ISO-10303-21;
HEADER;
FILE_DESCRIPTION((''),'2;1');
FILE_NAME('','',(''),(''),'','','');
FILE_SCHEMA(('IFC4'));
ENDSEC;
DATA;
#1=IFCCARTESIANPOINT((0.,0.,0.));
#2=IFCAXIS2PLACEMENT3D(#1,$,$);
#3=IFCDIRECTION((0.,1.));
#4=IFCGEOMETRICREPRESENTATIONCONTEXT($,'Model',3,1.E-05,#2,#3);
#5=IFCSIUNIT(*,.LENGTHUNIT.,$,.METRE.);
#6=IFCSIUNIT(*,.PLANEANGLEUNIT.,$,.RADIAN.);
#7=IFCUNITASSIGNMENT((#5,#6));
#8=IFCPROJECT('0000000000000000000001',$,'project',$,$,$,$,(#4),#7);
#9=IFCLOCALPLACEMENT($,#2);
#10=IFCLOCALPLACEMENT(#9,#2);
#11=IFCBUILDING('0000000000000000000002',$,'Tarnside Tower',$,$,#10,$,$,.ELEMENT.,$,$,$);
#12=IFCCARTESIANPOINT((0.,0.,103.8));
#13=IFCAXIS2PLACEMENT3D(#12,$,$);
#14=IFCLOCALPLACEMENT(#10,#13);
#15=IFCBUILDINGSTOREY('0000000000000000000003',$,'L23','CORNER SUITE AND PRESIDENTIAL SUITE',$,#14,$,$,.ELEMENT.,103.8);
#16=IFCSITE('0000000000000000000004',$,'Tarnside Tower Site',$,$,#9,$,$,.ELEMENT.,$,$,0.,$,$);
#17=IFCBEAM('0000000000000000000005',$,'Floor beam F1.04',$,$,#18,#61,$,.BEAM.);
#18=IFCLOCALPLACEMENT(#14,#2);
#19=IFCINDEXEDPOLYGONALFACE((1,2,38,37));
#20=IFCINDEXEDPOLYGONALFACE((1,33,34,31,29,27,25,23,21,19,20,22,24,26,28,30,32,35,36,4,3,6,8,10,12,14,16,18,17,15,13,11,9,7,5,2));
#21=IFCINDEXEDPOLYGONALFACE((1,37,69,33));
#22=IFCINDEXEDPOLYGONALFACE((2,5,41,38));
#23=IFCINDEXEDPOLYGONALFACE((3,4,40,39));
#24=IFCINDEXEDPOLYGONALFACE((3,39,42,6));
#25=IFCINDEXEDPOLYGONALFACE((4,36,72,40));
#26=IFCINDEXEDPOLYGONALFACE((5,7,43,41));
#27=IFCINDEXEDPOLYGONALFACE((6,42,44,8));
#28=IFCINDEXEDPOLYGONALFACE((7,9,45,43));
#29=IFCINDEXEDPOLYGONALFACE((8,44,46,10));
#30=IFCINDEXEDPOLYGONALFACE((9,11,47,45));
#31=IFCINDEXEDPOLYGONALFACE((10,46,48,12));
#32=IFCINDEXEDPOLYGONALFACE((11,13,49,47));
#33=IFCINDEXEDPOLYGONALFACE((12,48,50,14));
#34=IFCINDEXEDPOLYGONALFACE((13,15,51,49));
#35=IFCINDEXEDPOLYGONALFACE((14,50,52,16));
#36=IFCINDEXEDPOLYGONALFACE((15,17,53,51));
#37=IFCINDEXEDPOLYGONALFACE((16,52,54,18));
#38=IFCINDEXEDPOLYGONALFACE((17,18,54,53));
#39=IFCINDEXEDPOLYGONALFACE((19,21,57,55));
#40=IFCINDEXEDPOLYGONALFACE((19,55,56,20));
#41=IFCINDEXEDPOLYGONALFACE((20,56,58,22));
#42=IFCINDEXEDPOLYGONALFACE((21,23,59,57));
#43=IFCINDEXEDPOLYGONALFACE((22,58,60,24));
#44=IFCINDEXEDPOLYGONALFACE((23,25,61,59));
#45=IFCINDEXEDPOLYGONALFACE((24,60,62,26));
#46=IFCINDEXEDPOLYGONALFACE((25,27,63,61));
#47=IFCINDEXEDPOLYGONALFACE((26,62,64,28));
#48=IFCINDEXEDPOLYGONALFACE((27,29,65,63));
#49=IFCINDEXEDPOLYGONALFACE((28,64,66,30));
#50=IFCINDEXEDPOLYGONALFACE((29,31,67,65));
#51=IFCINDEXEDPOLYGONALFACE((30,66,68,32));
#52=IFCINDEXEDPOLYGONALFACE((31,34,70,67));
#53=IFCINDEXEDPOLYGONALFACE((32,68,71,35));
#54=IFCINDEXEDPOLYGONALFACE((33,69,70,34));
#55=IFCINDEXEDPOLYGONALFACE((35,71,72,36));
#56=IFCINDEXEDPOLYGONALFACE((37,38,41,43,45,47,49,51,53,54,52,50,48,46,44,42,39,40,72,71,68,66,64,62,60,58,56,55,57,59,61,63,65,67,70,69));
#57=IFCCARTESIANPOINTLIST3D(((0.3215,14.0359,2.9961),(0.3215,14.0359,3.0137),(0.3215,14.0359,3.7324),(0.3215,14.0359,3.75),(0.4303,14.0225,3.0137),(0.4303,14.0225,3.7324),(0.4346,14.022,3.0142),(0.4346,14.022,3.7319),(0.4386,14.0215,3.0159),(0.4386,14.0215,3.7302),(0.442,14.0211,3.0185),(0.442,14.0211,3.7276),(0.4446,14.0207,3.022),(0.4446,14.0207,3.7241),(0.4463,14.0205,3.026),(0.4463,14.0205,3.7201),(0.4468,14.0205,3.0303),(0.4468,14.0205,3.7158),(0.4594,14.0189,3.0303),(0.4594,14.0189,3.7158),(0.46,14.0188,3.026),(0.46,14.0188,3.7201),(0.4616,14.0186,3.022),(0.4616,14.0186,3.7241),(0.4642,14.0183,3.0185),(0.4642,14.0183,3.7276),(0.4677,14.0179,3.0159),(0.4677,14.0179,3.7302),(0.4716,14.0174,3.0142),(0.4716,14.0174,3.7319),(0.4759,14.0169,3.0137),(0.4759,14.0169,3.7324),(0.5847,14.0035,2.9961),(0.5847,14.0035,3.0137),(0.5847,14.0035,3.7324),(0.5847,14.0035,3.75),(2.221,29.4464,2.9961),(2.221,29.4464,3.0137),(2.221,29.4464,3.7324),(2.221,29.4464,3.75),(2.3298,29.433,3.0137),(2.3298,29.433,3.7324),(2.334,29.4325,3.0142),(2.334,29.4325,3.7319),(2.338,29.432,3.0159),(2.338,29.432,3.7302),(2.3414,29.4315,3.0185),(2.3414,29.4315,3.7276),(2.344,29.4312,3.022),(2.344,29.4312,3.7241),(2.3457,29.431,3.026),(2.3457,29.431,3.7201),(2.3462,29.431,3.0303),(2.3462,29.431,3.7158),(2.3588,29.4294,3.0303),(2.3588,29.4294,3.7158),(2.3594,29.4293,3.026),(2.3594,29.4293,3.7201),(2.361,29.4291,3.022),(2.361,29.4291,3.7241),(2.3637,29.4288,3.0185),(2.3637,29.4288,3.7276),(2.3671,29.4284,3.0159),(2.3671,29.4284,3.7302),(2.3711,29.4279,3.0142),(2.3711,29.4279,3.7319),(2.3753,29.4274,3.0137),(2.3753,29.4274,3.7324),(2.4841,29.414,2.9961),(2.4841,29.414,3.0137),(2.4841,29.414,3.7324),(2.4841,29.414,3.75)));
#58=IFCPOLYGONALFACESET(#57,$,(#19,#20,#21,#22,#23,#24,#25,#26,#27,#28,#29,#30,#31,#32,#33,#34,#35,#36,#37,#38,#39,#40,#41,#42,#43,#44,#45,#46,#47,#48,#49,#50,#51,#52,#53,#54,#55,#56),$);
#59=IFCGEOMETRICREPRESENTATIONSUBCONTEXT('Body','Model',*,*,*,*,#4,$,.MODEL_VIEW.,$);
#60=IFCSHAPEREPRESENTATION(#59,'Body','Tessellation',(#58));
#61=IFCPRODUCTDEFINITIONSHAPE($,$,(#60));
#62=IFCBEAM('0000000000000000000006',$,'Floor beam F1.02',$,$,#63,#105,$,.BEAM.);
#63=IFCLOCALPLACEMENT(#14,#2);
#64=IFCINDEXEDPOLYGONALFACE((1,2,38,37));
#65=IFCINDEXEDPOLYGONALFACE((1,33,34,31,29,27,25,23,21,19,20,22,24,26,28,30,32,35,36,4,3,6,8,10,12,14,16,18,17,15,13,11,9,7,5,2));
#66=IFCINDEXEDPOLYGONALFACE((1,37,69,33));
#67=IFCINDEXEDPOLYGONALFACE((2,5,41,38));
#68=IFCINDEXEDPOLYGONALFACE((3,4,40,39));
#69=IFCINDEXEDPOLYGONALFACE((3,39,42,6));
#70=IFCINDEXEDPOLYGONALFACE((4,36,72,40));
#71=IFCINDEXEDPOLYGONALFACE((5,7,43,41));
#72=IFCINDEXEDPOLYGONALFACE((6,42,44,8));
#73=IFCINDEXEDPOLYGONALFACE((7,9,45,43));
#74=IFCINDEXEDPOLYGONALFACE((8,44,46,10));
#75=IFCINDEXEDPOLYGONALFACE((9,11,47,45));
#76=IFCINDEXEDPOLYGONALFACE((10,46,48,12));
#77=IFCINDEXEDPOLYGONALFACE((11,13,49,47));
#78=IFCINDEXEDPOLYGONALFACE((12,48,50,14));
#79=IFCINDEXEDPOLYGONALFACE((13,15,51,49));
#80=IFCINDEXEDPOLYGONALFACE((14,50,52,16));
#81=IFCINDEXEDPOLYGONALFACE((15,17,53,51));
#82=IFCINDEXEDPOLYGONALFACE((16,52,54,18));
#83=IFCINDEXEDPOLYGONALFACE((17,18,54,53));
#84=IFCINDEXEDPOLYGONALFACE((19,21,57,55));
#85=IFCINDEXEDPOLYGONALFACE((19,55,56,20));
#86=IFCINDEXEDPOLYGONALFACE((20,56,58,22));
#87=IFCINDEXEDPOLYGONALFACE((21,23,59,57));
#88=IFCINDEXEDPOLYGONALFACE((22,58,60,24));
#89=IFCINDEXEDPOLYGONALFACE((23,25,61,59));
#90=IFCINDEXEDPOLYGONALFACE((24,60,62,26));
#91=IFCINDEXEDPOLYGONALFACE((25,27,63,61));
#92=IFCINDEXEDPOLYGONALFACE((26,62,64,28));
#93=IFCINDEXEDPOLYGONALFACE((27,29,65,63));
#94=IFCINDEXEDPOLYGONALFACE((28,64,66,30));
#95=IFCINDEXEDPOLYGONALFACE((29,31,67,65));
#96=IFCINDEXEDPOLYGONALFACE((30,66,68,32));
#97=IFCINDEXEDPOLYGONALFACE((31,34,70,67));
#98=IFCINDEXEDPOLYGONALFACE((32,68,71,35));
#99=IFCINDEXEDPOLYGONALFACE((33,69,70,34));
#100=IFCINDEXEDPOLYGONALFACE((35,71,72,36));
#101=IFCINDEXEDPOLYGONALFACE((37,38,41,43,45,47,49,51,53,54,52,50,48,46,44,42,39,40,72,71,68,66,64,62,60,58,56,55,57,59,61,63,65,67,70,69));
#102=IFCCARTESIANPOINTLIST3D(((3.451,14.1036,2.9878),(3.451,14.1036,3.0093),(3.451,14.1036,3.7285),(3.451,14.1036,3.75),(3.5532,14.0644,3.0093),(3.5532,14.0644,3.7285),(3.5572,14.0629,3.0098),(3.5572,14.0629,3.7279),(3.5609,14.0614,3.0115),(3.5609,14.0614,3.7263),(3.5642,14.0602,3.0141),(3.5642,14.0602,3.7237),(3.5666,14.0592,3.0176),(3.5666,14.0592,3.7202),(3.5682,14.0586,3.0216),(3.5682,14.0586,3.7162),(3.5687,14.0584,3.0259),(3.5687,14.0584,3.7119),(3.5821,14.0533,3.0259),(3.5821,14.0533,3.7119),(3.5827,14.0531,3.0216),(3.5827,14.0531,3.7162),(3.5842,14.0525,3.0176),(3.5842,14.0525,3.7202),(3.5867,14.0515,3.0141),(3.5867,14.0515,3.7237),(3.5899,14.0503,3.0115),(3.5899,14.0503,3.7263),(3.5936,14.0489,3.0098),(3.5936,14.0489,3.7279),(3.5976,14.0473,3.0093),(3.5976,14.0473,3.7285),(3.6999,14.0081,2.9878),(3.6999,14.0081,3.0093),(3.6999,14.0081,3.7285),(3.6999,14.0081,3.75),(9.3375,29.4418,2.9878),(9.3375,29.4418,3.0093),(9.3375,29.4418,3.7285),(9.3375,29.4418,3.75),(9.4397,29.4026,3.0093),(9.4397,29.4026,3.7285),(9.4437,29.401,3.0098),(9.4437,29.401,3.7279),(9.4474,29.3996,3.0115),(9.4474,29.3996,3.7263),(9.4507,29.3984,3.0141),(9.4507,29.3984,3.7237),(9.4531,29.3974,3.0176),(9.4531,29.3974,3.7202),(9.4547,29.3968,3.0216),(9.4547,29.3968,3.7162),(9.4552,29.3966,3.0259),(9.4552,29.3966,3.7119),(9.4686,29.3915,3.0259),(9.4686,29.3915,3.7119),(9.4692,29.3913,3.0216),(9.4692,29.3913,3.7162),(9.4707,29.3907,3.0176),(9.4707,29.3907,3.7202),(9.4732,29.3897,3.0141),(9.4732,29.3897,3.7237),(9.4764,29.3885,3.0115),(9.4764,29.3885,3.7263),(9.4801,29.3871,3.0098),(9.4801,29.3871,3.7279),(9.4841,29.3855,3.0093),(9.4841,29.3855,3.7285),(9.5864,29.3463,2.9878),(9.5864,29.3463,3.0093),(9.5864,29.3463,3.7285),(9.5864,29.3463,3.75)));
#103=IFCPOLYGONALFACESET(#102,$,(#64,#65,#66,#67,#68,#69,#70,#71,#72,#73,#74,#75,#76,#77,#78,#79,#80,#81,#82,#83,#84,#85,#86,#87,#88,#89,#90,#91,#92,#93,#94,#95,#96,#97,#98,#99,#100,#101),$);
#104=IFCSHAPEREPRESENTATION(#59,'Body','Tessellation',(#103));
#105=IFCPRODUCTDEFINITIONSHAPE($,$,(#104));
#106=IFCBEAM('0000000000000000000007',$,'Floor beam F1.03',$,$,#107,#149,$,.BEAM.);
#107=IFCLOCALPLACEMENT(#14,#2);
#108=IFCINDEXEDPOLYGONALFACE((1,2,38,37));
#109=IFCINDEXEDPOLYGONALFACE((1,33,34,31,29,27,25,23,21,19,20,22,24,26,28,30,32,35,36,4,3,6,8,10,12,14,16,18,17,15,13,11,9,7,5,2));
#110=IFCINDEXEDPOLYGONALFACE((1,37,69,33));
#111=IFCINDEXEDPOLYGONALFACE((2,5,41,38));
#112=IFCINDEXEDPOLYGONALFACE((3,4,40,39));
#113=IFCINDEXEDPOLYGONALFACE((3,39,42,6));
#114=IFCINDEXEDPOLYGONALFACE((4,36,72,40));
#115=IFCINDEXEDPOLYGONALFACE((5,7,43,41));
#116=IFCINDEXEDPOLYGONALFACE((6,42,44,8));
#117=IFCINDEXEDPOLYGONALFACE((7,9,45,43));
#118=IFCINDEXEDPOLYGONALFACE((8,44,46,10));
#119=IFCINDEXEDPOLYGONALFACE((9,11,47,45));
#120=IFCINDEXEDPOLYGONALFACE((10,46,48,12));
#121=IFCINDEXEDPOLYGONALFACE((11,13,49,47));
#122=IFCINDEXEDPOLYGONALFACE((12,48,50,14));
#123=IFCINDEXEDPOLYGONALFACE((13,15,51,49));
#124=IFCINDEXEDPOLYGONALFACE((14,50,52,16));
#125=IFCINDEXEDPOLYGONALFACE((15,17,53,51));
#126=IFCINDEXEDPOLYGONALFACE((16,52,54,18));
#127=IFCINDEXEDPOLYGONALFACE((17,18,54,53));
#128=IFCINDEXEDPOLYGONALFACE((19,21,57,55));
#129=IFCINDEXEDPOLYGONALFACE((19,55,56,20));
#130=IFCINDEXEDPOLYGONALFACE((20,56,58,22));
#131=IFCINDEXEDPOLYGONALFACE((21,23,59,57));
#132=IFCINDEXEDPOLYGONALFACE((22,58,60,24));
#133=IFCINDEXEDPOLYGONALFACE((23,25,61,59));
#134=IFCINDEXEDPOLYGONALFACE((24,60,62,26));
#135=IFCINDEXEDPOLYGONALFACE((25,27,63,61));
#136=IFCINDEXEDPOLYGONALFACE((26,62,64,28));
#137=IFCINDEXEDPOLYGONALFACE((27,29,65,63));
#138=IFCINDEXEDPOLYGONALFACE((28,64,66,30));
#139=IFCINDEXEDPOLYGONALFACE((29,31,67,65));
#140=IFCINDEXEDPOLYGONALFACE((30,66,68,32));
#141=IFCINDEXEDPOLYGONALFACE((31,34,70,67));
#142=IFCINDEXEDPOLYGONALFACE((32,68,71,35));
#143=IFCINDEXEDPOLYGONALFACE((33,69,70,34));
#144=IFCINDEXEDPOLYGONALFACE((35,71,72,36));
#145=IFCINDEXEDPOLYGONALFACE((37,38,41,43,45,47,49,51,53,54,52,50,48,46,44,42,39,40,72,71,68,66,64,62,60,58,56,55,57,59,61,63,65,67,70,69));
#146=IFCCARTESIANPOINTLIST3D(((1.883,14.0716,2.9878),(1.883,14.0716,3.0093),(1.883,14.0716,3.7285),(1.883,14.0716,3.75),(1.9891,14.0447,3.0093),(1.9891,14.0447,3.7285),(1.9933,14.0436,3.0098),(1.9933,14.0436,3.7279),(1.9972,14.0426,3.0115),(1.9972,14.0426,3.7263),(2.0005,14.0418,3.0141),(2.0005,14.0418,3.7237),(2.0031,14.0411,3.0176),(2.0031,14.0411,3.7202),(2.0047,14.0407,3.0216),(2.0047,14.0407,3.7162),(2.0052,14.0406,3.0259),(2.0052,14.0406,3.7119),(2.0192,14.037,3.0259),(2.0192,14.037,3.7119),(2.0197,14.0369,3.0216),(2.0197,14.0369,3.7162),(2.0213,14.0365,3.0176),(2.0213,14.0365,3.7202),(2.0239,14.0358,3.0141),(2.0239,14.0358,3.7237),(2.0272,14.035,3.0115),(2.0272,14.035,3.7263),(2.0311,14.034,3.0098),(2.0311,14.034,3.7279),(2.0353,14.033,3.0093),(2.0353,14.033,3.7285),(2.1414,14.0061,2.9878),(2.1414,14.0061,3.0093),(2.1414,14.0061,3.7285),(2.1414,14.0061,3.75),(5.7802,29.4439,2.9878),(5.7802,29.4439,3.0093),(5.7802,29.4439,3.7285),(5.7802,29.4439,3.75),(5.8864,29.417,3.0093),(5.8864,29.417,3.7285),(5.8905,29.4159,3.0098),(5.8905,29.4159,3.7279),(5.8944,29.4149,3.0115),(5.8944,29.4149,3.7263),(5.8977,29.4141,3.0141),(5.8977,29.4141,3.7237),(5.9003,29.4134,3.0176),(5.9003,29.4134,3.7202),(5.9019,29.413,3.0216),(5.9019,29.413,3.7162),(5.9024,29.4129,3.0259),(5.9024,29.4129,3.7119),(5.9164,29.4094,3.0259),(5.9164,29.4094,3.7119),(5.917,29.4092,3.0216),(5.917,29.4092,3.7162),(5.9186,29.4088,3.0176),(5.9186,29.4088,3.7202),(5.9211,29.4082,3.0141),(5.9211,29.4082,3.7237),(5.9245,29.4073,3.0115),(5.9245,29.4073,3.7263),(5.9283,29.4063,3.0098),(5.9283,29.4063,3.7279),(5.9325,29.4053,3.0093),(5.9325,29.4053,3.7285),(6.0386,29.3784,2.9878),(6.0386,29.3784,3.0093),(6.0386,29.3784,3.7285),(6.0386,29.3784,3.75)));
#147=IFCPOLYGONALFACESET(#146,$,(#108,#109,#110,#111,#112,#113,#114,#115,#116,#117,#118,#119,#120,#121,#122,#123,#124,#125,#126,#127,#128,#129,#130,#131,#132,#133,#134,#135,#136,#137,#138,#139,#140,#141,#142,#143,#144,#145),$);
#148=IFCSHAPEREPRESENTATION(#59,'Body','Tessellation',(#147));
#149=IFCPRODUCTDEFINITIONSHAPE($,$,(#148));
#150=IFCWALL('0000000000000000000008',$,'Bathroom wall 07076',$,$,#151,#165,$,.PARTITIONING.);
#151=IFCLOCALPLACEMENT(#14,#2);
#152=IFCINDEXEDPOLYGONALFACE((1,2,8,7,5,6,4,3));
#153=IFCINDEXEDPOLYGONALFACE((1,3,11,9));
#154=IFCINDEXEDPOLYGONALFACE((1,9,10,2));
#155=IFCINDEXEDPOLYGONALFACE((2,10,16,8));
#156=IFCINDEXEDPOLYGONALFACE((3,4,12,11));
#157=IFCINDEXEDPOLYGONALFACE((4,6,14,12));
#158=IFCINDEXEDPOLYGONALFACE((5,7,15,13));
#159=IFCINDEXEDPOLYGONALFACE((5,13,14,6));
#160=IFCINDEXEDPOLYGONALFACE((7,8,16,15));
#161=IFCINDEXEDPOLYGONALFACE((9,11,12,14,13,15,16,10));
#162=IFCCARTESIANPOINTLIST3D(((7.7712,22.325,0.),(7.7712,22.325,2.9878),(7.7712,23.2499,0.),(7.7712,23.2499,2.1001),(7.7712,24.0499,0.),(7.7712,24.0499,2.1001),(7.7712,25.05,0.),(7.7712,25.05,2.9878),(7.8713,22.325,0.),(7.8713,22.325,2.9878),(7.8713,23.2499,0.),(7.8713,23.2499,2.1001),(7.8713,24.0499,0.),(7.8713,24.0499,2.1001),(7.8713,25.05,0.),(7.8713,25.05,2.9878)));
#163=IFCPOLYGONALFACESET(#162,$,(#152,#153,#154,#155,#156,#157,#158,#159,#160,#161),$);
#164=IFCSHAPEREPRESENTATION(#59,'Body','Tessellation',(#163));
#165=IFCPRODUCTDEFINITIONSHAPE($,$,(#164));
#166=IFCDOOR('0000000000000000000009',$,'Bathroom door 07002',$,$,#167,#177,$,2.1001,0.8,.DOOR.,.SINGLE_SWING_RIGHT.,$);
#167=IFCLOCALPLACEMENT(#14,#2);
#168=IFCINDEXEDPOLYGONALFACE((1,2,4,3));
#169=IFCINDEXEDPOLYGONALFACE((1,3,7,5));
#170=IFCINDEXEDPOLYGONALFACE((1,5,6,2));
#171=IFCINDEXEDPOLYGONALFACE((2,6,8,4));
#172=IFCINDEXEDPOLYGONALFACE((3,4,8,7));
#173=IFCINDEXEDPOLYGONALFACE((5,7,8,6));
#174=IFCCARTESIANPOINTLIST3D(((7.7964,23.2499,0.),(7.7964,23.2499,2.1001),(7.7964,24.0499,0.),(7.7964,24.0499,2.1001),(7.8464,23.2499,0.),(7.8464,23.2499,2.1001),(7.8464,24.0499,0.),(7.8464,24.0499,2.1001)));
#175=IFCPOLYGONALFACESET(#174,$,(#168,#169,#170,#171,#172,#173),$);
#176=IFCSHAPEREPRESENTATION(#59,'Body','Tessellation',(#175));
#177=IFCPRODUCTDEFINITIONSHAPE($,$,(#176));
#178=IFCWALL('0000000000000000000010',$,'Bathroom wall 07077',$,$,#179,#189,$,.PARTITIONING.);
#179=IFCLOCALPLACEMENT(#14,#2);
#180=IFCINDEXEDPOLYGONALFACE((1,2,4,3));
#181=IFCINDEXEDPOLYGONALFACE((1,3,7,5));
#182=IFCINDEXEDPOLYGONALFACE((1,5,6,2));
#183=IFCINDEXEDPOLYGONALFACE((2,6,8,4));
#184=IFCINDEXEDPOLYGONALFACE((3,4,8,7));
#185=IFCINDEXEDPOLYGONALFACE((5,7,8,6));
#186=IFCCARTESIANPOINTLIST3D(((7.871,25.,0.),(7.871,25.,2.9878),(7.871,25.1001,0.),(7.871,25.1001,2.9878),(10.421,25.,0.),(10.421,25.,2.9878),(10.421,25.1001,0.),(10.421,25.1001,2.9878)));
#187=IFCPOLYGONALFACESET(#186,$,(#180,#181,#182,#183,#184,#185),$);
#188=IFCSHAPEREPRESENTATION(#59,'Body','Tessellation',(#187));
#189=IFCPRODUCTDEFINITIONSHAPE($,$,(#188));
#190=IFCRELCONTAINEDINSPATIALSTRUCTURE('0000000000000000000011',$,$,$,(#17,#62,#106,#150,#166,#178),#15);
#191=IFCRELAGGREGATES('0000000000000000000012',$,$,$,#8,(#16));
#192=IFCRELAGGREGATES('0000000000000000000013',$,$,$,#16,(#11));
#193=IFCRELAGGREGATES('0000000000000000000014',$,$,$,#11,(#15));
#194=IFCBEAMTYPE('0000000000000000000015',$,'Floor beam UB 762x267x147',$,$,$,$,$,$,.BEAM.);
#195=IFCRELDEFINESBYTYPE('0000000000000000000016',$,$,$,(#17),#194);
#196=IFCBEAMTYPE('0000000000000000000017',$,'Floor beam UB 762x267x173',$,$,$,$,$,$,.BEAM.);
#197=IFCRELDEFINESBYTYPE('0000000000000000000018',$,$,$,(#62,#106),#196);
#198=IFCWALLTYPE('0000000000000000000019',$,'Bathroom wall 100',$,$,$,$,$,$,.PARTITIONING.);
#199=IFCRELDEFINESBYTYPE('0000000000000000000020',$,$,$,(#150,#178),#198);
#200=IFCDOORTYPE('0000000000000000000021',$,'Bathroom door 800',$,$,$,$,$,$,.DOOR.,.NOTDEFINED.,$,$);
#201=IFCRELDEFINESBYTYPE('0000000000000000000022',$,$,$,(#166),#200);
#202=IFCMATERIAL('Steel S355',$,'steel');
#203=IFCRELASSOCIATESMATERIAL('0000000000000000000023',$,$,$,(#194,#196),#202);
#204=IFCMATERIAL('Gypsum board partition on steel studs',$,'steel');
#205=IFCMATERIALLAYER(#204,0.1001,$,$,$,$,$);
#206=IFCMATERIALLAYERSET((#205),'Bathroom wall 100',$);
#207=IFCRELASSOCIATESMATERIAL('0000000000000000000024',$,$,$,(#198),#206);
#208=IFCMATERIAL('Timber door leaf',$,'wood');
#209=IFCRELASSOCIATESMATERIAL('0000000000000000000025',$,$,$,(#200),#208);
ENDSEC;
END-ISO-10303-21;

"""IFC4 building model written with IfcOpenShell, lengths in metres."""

from ifc_helpers import new_model, si_unit, direction, frame, frame_2d, origin, origin_2d, place, context, subcontext, project, spatial, rectangle, i_section, extrude, material, layer, layer_set, material_profile, profile_set, type_object, element, fill, save


model = new_model("IFC4")

# Units and contexts
model_context = context("Model", 3, precision=1e-05, world=origin(), true_north=direction((0.0, 1.0)))
body_context = subcontext(model_context, "Body", "Model", "MODEL_VIEW")
ifc_project = project(units=[si_unit("LENGTHUNIT", "METRE"), si_unit("PLANEANGLEUNIT", "RADIAN")], contexts=[model_context])

# Site, building, storey
site_placement = place(None, origin())
site = spatial("IfcSite", under=ifc_project, at=site_placement, Name="Tarnside Tower Site", CompositionType="ELEMENT", RefElevation=0.0)
building_placement = place(site_placement, origin())
building = spatial("IfcBuilding", under=site, at=building_placement, Name="Tarnside Tower", CompositionType="ELEMENT")
storey_placement = place(building_placement, frame((0.0, 0.0, 103.8)))
storey = spatial("IfcBuildingStorey", under=building, at=storey_placement, Name="L23", Description="CORNER SUITE AND PRESIDENTIAL SUITE", CompositionType="ELEMENT", Elevation=103.8)

# Beams
ifc_material_1 = material(Name="Steel S355", Category="steel")
ifc_material_profile_1 = material_profile(ifc_material_1, i_section(OverallWidth=0.2651, OverallDepth=0.7539, WebThickness=0.0127, FlangeThickness=0.0176, FilletRadius=0.0166, at=origin_2d()), Name="UB 762x267x147")
ifc_profile_set_1 = profile_set([ifc_material_profile_1], Name="Steel S355")
beam_type_1 = type_object("IfcBeamType", Name="Floor beam UB 762x267x147", PredefinedType="BEAM", material=ifc_profile_set_1)
beam_1_placement = place(storey_placement, frame((2.3525, 29.4302, 3.373), z_axis=(-0.12233, -0.99249, 0.0), x_axis=(0.99249, -0.12233, 0.0)))
element("IfcBeam", 1, at=beam_1_placement, inside=storey, type_object=beam_type_1, Name="Floor beam F1.04", PredefinedType="BEAM", context=body_context, shape_type="SweptSolid", body=[
    extrude(i_section(OverallWidth=0.2651, OverallDepth=0.7539, WebThickness=0.0127, FlangeThickness=0.0176, FilletRadius=0.0166, at=origin_2d()), origin(), (0.0, 0.0, 1.0), 15.5271),
])
ifc_material_profile_2 = material_profile(ifc_material_1, i_section(OverallWidth=0.2666, OverallDepth=0.7622, WebThickness=0.0144, FlangeThickness=0.0215, FilletRadius=0.0166, at=origin_2d()), Name="UB 762x267x173")
ifc_profile_set_2 = profile_set([ifc_material_profile_2], Name="Steel S355")
beam_type_2 = type_object("IfcBeamType", Name="Floor beam UB 762x267x173", PredefinedType="BEAM", material=ifc_profile_set_2)
beam_2_placement = place(storey_placement, frame((9.4619, 29.394, 3.3689), z_axis=(-0.3583, -0.933607, 0.0), x_axis=(0.933607, -0.3583, 0.0)))
element("IfcBeam", 2, at=beam_2_placement, inside=storey, type_object=beam_type_2, Name="Floor beam F1.02", PredefinedType="BEAM", context=body_context, shape_type="SweptSolid", body=[
    extrude(i_section(OverallWidth=0.2666, OverallDepth=0.7622, WebThickness=0.0144, FlangeThickness=0.0215, FilletRadius=0.0166, at=origin_2d()), origin(), (0.0, 0.0, 1.0), 16.429),
])
beam_3_placement = place(storey_placement, frame((5.9094, 29.4111, 3.3689), z_axis=(-0.245747, -0.969334, 0.0), x_axis=(0.969334, -0.245747, 0.0)))
element("IfcBeam", 3, at=beam_3_placement, inside=storey, type_object=beam_type_2, Name="Floor beam F1.03", PredefinedType="BEAM", context=body_context, shape_type="SweptSolid", body=[
    extrude(i_section(OverallWidth=0.2666, OverallDepth=0.7622, WebThickness=0.0144, FlangeThickness=0.0215, FilletRadius=0.0166, at=origin_2d()), origin(), (0.0, 0.0, 1.0), 15.8586),
])

# Wall, opening, door
ifc_material_2 = material(Name="Gypsum board partition on steel studs", Category="steel")
ifc_layer_1 = layer(ifc_material_2, 0.1001)
ifc_layer_set_1 = layer_set([ifc_layer_1], Name="Bathroom wall 100")
wall_type_1 = type_object("IfcWallType", Name="Bathroom wall 100", PredefinedType="PARTITIONING", material=ifc_layer_set_1)
wall_1_placement = place(storey_placement, frame((7.8213, 22.325, 0.0), z_axis=(0.0, 0.0, 1.0), x_axis=(0.0, 1.0, 0.0)))
wall_1 = element("IfcWall", 4, at=wall_1_placement, inside=storey, type_object=wall_type_1, Name="Bathroom wall 07076", PredefinedType="PARTITIONING", context=body_context, shape_type="SweptSolid", body=[
    extrude(rectangle(XDim=2.7251, YDim=0.1001, at=frame_2d((1.3625, 0.0))), origin(), (0.0, 0.0, 1.0), 2.9878),
])
opening_1_placement = place(wall_1_placement, frame((0.925, 0.0, 0.0)))
opening_1 = element("IfcOpeningElement", 5, at=opening_1_placement, cuts=wall_1, PredefinedType="OPENING", context=body_context, shape_type="SweptSolid", body=[
    extrude(rectangle(XDim=0.8, YDim=2.1001, at=frame_2d((0.3999, 1.05))), frame((0.0, 0.0601, 0.0), z_axis=(0.0, -1.0, 0.0), x_axis=(1.0, 0.0, 0.0)), (0.0, 0.0, 1.0), 0.1201),
])
ifc_material_3 = material(Name="Timber door leaf", Category="wood")
door_type_1 = type_object("IfcDoorType", Name="Bathroom door 800", OperationType="NOTDEFINED", PredefinedType="DOOR", material=ifc_material_3)
door_1_placement = place(opening_1_placement, origin())
door_1 = element("IfcDoor", 6, at=door_1_placement, inside=storey, type_object=door_type_1, Name="Bathroom door 07002", OperationType="SINGLE_SWING_RIGHT", OverallHeight=2.1001, OverallWidth=0.8, PredefinedType="DOOR", context=body_context, shape_type="SweptSolid", body=[
    extrude(rectangle(XDim=0.8, YDim=2.1001, at=frame_2d((0.3999, 1.05))), frame((0.0, 0.0249, 0.0), z_axis=(0.0, -1.0, 0.0), x_axis=(1.0, 0.0, 0.0)), (0.0, 0.0, 1.0), 0.05),
])
fill(opening_1, door_1)

# Wall
wall_2_placement = place(storey_placement, frame((7.8711, 25.05, 0.0), z_axis=(0.0, 0.0, 1.0), x_axis=(1.0, 0.0, 0.0)))
element("IfcWall", 7, at=wall_2_placement, inside=storey, type_object=wall_type_1, Name="Bathroom wall 07077", PredefinedType="PARTITIONING", context=body_context, shape_type="SweptSolid", body=[
    extrude(rectangle(XDim=2.55, YDim=0.1001, at=frame_2d((1.2749, 0.0))), origin(), (0.0, 0.0, 1.0), 2.9878),
])

save(model, "model.ifc")
